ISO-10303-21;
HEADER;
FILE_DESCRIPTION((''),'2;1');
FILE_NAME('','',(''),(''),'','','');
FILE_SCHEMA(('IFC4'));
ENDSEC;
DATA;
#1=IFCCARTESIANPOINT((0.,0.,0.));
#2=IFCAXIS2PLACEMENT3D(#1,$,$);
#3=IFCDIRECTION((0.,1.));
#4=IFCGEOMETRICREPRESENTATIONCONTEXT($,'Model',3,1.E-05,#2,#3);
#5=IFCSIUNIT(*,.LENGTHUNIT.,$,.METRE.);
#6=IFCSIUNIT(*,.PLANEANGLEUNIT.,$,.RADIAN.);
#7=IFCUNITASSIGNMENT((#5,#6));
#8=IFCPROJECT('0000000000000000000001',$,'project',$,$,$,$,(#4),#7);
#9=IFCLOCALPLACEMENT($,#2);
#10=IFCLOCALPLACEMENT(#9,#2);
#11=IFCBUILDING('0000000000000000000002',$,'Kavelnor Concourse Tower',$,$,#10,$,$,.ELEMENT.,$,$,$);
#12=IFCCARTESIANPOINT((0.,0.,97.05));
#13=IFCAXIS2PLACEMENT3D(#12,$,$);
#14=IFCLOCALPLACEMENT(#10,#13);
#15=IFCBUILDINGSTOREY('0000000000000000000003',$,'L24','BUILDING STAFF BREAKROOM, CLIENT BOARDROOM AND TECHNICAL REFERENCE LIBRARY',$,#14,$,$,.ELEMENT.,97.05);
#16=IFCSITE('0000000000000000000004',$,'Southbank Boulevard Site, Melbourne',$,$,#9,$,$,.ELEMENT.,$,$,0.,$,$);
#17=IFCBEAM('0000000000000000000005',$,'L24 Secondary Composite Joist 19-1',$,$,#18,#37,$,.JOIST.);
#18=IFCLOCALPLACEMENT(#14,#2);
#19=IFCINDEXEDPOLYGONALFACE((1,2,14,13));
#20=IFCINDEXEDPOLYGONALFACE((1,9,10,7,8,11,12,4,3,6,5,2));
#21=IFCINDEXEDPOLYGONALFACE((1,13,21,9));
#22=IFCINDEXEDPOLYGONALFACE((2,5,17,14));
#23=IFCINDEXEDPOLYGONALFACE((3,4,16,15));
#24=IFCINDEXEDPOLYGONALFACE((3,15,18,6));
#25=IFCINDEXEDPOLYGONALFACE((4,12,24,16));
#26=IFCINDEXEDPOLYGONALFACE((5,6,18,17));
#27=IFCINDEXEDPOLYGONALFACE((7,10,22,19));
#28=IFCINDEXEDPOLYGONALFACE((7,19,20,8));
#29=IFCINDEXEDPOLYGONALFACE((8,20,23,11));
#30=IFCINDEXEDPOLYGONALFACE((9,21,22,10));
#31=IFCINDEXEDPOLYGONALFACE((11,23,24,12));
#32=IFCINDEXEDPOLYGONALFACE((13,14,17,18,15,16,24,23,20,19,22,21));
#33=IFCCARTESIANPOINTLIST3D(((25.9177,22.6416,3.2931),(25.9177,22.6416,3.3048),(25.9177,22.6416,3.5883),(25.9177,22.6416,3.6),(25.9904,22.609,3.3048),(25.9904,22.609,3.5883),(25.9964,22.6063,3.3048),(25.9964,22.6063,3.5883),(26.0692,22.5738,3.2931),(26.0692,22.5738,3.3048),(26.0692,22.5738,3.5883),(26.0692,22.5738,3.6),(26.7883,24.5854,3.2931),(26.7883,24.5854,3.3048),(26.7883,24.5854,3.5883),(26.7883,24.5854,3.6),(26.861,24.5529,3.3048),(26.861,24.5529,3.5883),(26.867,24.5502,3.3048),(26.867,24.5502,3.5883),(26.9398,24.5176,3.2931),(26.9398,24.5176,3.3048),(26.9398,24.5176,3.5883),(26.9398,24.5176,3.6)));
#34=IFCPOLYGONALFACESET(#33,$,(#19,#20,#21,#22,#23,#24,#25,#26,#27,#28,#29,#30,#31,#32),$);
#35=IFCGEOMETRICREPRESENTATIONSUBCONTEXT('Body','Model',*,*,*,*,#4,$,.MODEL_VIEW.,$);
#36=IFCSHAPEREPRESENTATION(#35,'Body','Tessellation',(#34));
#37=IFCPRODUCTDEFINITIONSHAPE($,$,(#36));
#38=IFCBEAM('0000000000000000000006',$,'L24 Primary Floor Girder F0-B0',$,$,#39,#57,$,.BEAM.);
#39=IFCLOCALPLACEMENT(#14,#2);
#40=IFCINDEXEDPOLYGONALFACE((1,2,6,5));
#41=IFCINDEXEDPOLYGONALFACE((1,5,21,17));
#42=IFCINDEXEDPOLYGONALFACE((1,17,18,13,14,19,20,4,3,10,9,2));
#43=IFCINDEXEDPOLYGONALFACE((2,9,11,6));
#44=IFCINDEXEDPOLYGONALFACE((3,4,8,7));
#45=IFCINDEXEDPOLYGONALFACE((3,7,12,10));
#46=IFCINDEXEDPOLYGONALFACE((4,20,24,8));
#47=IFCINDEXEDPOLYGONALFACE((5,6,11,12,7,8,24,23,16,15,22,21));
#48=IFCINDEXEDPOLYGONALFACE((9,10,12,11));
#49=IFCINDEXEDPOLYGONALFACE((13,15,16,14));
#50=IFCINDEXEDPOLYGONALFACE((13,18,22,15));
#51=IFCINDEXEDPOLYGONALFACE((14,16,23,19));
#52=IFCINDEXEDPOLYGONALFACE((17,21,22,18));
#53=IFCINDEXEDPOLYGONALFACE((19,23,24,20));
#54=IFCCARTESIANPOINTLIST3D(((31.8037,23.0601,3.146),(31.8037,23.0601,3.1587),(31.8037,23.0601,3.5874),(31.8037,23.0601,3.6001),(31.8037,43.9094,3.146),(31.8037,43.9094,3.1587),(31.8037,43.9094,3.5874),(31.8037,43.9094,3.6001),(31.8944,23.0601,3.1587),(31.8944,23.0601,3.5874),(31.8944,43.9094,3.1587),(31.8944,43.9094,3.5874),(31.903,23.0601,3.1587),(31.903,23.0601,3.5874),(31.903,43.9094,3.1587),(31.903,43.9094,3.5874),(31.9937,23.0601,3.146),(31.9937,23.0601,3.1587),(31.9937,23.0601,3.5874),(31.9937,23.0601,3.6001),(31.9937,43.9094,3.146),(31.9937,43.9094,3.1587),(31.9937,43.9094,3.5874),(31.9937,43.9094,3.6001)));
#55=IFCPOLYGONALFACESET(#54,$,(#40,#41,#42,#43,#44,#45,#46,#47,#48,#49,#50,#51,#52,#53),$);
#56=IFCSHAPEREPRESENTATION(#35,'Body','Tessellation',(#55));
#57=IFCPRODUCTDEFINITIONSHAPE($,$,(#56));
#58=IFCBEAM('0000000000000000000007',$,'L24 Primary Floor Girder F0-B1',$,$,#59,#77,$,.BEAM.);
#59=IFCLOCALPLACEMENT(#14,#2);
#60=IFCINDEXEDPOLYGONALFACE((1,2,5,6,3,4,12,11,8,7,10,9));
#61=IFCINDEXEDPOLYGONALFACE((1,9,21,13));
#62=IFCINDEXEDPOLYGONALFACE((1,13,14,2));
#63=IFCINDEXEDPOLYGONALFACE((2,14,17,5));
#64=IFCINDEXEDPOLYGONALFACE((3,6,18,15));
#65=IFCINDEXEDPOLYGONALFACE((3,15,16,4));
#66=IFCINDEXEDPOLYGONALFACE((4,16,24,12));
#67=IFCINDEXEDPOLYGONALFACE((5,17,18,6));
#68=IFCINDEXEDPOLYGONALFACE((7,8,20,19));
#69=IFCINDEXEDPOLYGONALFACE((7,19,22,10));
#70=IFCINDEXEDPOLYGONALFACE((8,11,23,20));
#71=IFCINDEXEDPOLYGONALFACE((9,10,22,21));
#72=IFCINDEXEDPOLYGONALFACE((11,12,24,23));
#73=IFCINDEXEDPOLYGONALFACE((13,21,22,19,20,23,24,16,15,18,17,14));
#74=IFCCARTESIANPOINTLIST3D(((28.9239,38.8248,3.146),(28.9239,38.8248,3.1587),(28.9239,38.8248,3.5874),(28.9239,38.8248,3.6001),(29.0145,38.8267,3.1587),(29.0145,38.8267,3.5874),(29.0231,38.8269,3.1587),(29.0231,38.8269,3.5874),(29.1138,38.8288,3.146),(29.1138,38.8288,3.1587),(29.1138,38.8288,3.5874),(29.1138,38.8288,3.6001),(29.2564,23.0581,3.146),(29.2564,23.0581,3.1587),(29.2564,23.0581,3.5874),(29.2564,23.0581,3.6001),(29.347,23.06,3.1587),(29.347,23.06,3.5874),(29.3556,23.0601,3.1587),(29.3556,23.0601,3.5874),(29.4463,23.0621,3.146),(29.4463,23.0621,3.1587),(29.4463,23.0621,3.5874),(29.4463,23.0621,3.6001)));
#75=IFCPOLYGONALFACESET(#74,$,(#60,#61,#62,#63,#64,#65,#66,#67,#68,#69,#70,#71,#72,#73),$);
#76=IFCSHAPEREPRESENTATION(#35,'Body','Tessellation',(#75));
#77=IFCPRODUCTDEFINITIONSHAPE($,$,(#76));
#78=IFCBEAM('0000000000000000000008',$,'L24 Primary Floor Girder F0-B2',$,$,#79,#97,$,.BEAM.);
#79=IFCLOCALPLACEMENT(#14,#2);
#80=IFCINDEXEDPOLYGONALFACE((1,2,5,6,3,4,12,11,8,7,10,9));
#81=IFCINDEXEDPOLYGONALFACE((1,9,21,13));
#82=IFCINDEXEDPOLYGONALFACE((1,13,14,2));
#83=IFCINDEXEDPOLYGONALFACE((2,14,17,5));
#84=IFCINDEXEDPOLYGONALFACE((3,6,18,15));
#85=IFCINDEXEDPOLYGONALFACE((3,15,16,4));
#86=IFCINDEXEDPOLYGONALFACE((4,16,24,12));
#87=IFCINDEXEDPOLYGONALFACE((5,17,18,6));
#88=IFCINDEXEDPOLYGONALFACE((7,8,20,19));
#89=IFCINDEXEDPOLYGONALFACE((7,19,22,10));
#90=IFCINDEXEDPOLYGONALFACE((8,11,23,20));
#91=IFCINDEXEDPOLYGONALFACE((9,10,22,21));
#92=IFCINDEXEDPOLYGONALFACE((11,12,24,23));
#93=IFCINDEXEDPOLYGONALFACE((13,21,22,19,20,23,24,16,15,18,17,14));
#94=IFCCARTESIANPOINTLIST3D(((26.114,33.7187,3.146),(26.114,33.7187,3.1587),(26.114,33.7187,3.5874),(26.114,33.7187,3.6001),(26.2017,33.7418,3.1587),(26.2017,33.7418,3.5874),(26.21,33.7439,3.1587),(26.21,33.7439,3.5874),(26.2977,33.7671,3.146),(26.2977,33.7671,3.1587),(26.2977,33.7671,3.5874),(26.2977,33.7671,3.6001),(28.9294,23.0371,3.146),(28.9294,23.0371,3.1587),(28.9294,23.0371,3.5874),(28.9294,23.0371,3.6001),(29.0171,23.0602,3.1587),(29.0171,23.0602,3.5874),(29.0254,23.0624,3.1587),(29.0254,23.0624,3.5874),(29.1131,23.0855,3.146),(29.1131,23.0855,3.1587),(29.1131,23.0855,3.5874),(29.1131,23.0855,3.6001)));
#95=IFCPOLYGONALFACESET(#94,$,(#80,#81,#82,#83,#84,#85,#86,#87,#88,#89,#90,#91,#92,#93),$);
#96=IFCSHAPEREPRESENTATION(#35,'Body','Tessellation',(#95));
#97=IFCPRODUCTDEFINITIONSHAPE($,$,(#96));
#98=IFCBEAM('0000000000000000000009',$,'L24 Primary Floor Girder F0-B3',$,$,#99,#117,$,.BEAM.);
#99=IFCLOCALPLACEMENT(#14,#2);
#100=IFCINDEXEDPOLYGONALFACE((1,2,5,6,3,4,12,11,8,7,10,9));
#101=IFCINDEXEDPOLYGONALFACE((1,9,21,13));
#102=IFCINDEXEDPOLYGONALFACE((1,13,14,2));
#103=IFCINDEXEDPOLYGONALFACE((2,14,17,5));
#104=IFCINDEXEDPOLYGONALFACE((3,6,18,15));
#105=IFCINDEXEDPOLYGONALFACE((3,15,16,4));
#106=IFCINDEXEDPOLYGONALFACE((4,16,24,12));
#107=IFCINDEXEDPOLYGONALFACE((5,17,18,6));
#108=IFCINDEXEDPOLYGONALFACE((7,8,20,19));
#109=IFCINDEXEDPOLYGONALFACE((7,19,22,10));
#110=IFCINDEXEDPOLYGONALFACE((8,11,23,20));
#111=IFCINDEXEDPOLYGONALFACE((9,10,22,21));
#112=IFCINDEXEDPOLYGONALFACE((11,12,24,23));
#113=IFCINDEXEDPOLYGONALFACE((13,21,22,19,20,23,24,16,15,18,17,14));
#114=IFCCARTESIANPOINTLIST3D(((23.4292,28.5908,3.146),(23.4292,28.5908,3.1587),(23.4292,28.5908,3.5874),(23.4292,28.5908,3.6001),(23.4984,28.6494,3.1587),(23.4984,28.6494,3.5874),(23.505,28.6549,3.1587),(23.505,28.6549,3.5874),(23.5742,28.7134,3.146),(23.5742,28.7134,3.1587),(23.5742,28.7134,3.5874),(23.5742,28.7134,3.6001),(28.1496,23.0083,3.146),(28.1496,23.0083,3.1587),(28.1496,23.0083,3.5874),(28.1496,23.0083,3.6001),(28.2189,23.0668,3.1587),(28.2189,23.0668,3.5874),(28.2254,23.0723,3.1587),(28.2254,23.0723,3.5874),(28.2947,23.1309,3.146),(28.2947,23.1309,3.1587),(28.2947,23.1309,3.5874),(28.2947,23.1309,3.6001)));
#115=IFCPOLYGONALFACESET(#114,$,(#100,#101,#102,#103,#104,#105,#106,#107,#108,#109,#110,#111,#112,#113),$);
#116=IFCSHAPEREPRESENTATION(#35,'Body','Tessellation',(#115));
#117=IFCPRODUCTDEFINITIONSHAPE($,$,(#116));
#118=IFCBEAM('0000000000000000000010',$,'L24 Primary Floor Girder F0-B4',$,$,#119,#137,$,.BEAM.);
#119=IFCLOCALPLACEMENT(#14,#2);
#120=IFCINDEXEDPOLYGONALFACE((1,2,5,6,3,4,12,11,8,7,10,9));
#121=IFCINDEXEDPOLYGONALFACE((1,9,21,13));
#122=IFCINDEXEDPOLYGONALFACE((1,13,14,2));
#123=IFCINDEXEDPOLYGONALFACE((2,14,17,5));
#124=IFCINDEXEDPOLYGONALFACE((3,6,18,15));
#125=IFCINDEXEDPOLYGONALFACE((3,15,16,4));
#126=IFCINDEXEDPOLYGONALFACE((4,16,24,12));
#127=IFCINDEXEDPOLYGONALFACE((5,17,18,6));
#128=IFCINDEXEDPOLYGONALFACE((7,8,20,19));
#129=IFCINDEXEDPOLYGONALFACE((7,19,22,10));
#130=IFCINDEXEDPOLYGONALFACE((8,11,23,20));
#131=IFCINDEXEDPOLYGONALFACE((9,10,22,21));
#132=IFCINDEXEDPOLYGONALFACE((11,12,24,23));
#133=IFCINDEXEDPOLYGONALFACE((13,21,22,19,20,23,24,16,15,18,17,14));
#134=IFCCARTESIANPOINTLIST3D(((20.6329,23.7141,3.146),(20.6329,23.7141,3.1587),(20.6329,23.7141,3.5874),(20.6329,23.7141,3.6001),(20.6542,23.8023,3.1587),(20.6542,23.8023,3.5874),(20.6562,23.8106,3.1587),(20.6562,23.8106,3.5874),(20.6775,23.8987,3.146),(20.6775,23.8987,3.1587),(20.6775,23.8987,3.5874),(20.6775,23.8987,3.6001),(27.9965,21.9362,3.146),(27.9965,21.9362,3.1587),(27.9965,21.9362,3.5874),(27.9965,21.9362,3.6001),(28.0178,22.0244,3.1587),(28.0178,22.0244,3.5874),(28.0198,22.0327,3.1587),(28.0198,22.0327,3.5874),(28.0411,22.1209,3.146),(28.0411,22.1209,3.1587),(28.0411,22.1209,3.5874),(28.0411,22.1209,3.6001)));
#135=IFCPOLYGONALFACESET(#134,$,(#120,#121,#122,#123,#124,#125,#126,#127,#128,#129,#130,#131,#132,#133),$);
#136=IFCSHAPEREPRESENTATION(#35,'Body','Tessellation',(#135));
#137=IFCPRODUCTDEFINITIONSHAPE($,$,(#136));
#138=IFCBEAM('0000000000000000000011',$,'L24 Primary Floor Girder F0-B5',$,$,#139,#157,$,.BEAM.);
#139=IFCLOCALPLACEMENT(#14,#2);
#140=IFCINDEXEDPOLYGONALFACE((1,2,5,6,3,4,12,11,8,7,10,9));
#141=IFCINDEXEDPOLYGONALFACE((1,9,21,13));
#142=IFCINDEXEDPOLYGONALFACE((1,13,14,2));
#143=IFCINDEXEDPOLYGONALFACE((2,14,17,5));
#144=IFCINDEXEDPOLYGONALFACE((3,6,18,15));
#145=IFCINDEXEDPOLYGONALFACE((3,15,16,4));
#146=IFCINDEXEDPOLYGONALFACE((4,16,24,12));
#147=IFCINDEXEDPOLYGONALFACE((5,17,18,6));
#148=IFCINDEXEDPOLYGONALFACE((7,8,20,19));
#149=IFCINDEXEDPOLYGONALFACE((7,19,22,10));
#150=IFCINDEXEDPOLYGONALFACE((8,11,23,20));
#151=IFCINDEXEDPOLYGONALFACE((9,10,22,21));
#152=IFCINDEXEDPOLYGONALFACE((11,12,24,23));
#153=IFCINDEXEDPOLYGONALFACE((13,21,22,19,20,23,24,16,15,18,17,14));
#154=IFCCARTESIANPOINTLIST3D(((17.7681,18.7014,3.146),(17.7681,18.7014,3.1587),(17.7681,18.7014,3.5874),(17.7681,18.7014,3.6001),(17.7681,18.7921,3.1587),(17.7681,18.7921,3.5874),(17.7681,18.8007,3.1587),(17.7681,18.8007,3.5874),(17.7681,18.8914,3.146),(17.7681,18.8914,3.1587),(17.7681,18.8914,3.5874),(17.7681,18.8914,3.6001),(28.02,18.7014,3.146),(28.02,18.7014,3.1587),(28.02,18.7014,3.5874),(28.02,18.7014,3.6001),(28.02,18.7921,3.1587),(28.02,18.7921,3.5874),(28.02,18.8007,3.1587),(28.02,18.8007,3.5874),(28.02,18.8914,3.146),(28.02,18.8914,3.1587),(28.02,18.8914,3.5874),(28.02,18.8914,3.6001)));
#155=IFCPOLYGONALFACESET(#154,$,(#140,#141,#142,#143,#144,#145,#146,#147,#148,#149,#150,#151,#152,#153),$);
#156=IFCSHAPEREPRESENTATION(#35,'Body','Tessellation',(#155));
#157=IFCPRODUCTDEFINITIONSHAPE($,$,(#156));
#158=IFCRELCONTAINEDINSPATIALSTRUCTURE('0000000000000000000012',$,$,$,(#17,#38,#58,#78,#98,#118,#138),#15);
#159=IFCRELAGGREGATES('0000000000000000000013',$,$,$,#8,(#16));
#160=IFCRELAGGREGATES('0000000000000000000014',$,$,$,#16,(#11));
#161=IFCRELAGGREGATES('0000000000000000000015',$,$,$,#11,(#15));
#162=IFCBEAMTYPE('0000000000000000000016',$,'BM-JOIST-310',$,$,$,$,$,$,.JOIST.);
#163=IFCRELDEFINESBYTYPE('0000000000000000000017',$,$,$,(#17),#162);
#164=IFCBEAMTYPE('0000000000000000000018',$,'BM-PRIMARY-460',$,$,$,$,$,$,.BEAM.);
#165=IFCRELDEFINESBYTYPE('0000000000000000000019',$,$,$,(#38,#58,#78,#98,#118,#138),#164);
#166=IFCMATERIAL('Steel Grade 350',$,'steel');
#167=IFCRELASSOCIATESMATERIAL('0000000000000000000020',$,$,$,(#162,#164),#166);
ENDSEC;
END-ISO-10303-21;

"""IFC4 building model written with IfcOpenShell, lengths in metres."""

from ifc_helpers import new_model, si_unit, direction, frame, origin, origin_2d, place, context, subcontext, project, spatial, i_section, extrude, material, material_profile, profile_set, type_object, element, save


model = new_model("IFC4")

# Units and contexts
model_context = context("Model", 3, precision=1e-05, world=origin(), true_north=direction((0.0, 1.0)))
body_context = subcontext(model_context, "Body", "Model", "MODEL_VIEW")
ifc_project = project(units=[si_unit("LENGTHUNIT", "METRE"), si_unit("PLANEANGLEUNIT", "RADIAN")], contexts=[model_context])

# Site, building, storey
site_placement = place(None, origin())
site = spatial("IfcSite", under=ifc_project, at=site_placement, Name="Southbank Boulevard Site, Melbourne", CompositionType="ELEMENT", RefElevation=0.0)
building_placement = place(site_placement, origin())
building = spatial("IfcBuilding", under=site, at=building_placement, Name="Kavelnor Concourse Tower", CompositionType="ELEMENT")
storey_placement = place(building_placement, frame((0.0, 0.0, 97.05)))
storey = spatial("IfcBuildingStorey", under=building, at=storey_placement, Name="L24", Description="BUILDING STAFF BREAKROOM, CLIENT BOARDROOM AND TECHNICAL REFERENCE LIBRARY", CompositionType="ELEMENT", Elevation=97.05)

# Beams
ifc_material_1 = material(Name="Steel Grade 350", Category="steel")
ifc_material_profile_1 = material_profile(ifc_material_1, i_section(OverallWidth=0.166, OverallDepth=0.3069, WebThickness=0.0066, FlangeThickness=0.0117, at=origin_2d()), Name="310UB46")
ifc_profile_set_1 = profile_set([ifc_material_profile_1], Name="Steel Grade 350")
beam_type_1 = type_object("IfcBeamType", Name="BM-JOIST-310", PredefinedType="JOIST", material=ifc_profile_set_1)
beam_1_placement = place(storey_placement, frame((26.864, 24.5515, 3.4465), z_axis=(-0.408753, -0.912645, 0.0), x_axis=(0.912645, -0.408753, 0.0)))
element("IfcBeam", 1, at=beam_1_placement, inside=storey, type_object=beam_type_1, Name="L24 Secondary Composite Joist 19-1", PredefinedType="JOIST", context=body_context, shape_type="SweptSolid", body=[
    extrude(i_section(OverallWidth=0.166, OverallDepth=0.3069, WebThickness=0.0066, FlangeThickness=0.0117, at=origin_2d()), origin(), (0.0, 0.0, 1.0), 2.1299),
])
ifc_material_profile_2 = material_profile(ifc_material_1, i_section(OverallWidth=0.1899, OverallDepth=0.4541, WebThickness=0.0085, FlangeThickness=0.0127, at=origin_2d()), Name="460UB67")
ifc_profile_set_2 = profile_set([ifc_material_profile_2], Name="Steel Grade 350")
beam_type_2 = type_object("IfcBeamType", Name="BM-PRIMARY-460", PredefinedType="BEAM", material=ifc_profile_set_2)
beam_2_placement = place(storey_placement, frame((31.8987, 23.0601, 3.373), z_axis=(0.0, 1.0, 0.0), x_axis=(-1.0, 0.0, 0.0)))
element("IfcBeam", 2, at=beam_2_placement, inside=storey, type_object=beam_type_2, Name="L24 Primary Floor Girder F0-B0", PredefinedType="BEAM", context=body_context, shape_type="SweptSolid", body=[
    extrude(i_section(OverallWidth=0.1899, OverallDepth=0.4541, WebThickness=0.0085, FlangeThickness=0.0127, at=origin_2d()), origin(), (0.0, 0.0, 1.0), 20.8494),
])
beam_3_placement = place(storey_placement, frame((29.3513, 23.0601, 3.373), z_axis=(-0.021085, 0.999778, 0.0), x_axis=(-0.999778, -0.021085, 0.0)))
element("IfcBeam", 3, at=beam_3_placement, inside=storey, type_object=beam_type_2, Name="L24 Primary Floor Girder F0-B1", PredefinedType="BEAM", context=body_context, shape_type="SweptSolid", body=[
    extrude(i_section(OverallWidth=0.1899, OverallDepth=0.4541, WebThickness=0.0085, FlangeThickness=0.0127, at=origin_2d()), origin(), (0.0, 0.0, 1.0), 15.7703),
])
beam_4_placement = place(storey_placement, frame((29.0212, 23.0613, 3.373), z_axis=(-0.254872, 0.966975, 0.0), x_axis=(-0.966975, -0.254872, 0.0)))
element("IfcBeam", 4, at=beam_4_placement, inside=storey, type_object=beam_type_2, Name="L24 Primary Floor Girder F0-B2", PredefinedType="BEAM", context=body_context, shape_type="SweptSolid", body=[
    extrude(i_section(OverallWidth=0.1899, OverallDepth=0.4541, WebThickness=0.0085, FlangeThickness=0.0127, at=origin_2d()), origin(), (0.0, 0.0, 1.0), 11.0464),
])
beam_5_placement = place(storey_placement, frame((28.2222, 23.0696, 3.373), z_axis=(-0.645686, 0.763603, 0.0), x_axis=(-0.763603, -0.645686, 0.0)))
element("IfcBeam", 5, at=beam_5_placement, inside=storey, type_object=beam_type_2, Name="L24 Primary Floor Girder F0-B3", PredefinedType="BEAM", context=body_context, shape_type="SweptSolid", body=[
    extrude(i_section(OverallWidth=0.1899, OverallDepth=0.4541, WebThickness=0.0085, FlangeThickness=0.0127, at=origin_2d()), origin(), (0.0, 0.0, 1.0), 7.3108),
])
beam_6_placement = place(storey_placement, frame((28.0188, 22.0286, 3.373), z_axis=(-0.972069, 0.234694, 0.0), x_axis=(-0.234694, -0.972069, 0.0)))
element("IfcBeam", 6, at=beam_6_placement, inside=storey, type_object=beam_type_2, Name="L24 Primary Floor Girder F0-B4", PredefinedType="BEAM", context=body_context, shape_type="SweptSolid", body=[
    extrude(i_section(OverallWidth=0.1899, OverallDepth=0.4541, WebThickness=0.0085, FlangeThickness=0.0127, at=origin_2d()), origin(), (0.0, 0.0, 1.0), 7.5752),
])
beam_7_placement = place(storey_placement, frame((28.02, 18.7964, 3.373), z_axis=(-1.0, 0.0, 0.0), x_axis=(0.0, -1.0, 0.0)))
element("IfcBeam", 7, at=beam_7_placement, inside=storey, type_object=beam_type_2, Name="L24 Primary Floor Girder F0-B5", PredefinedType="BEAM", context=body_context, shape_type="SweptSolid", body=[
    extrude(i_section(OverallWidth=0.1899, OverallDepth=0.4541, WebThickness=0.0085, FlangeThickness=0.0127, at=origin_2d()), origin(), (0.0, 0.0, 1.0), 10.252),
])

save(model, "model.ifc")
